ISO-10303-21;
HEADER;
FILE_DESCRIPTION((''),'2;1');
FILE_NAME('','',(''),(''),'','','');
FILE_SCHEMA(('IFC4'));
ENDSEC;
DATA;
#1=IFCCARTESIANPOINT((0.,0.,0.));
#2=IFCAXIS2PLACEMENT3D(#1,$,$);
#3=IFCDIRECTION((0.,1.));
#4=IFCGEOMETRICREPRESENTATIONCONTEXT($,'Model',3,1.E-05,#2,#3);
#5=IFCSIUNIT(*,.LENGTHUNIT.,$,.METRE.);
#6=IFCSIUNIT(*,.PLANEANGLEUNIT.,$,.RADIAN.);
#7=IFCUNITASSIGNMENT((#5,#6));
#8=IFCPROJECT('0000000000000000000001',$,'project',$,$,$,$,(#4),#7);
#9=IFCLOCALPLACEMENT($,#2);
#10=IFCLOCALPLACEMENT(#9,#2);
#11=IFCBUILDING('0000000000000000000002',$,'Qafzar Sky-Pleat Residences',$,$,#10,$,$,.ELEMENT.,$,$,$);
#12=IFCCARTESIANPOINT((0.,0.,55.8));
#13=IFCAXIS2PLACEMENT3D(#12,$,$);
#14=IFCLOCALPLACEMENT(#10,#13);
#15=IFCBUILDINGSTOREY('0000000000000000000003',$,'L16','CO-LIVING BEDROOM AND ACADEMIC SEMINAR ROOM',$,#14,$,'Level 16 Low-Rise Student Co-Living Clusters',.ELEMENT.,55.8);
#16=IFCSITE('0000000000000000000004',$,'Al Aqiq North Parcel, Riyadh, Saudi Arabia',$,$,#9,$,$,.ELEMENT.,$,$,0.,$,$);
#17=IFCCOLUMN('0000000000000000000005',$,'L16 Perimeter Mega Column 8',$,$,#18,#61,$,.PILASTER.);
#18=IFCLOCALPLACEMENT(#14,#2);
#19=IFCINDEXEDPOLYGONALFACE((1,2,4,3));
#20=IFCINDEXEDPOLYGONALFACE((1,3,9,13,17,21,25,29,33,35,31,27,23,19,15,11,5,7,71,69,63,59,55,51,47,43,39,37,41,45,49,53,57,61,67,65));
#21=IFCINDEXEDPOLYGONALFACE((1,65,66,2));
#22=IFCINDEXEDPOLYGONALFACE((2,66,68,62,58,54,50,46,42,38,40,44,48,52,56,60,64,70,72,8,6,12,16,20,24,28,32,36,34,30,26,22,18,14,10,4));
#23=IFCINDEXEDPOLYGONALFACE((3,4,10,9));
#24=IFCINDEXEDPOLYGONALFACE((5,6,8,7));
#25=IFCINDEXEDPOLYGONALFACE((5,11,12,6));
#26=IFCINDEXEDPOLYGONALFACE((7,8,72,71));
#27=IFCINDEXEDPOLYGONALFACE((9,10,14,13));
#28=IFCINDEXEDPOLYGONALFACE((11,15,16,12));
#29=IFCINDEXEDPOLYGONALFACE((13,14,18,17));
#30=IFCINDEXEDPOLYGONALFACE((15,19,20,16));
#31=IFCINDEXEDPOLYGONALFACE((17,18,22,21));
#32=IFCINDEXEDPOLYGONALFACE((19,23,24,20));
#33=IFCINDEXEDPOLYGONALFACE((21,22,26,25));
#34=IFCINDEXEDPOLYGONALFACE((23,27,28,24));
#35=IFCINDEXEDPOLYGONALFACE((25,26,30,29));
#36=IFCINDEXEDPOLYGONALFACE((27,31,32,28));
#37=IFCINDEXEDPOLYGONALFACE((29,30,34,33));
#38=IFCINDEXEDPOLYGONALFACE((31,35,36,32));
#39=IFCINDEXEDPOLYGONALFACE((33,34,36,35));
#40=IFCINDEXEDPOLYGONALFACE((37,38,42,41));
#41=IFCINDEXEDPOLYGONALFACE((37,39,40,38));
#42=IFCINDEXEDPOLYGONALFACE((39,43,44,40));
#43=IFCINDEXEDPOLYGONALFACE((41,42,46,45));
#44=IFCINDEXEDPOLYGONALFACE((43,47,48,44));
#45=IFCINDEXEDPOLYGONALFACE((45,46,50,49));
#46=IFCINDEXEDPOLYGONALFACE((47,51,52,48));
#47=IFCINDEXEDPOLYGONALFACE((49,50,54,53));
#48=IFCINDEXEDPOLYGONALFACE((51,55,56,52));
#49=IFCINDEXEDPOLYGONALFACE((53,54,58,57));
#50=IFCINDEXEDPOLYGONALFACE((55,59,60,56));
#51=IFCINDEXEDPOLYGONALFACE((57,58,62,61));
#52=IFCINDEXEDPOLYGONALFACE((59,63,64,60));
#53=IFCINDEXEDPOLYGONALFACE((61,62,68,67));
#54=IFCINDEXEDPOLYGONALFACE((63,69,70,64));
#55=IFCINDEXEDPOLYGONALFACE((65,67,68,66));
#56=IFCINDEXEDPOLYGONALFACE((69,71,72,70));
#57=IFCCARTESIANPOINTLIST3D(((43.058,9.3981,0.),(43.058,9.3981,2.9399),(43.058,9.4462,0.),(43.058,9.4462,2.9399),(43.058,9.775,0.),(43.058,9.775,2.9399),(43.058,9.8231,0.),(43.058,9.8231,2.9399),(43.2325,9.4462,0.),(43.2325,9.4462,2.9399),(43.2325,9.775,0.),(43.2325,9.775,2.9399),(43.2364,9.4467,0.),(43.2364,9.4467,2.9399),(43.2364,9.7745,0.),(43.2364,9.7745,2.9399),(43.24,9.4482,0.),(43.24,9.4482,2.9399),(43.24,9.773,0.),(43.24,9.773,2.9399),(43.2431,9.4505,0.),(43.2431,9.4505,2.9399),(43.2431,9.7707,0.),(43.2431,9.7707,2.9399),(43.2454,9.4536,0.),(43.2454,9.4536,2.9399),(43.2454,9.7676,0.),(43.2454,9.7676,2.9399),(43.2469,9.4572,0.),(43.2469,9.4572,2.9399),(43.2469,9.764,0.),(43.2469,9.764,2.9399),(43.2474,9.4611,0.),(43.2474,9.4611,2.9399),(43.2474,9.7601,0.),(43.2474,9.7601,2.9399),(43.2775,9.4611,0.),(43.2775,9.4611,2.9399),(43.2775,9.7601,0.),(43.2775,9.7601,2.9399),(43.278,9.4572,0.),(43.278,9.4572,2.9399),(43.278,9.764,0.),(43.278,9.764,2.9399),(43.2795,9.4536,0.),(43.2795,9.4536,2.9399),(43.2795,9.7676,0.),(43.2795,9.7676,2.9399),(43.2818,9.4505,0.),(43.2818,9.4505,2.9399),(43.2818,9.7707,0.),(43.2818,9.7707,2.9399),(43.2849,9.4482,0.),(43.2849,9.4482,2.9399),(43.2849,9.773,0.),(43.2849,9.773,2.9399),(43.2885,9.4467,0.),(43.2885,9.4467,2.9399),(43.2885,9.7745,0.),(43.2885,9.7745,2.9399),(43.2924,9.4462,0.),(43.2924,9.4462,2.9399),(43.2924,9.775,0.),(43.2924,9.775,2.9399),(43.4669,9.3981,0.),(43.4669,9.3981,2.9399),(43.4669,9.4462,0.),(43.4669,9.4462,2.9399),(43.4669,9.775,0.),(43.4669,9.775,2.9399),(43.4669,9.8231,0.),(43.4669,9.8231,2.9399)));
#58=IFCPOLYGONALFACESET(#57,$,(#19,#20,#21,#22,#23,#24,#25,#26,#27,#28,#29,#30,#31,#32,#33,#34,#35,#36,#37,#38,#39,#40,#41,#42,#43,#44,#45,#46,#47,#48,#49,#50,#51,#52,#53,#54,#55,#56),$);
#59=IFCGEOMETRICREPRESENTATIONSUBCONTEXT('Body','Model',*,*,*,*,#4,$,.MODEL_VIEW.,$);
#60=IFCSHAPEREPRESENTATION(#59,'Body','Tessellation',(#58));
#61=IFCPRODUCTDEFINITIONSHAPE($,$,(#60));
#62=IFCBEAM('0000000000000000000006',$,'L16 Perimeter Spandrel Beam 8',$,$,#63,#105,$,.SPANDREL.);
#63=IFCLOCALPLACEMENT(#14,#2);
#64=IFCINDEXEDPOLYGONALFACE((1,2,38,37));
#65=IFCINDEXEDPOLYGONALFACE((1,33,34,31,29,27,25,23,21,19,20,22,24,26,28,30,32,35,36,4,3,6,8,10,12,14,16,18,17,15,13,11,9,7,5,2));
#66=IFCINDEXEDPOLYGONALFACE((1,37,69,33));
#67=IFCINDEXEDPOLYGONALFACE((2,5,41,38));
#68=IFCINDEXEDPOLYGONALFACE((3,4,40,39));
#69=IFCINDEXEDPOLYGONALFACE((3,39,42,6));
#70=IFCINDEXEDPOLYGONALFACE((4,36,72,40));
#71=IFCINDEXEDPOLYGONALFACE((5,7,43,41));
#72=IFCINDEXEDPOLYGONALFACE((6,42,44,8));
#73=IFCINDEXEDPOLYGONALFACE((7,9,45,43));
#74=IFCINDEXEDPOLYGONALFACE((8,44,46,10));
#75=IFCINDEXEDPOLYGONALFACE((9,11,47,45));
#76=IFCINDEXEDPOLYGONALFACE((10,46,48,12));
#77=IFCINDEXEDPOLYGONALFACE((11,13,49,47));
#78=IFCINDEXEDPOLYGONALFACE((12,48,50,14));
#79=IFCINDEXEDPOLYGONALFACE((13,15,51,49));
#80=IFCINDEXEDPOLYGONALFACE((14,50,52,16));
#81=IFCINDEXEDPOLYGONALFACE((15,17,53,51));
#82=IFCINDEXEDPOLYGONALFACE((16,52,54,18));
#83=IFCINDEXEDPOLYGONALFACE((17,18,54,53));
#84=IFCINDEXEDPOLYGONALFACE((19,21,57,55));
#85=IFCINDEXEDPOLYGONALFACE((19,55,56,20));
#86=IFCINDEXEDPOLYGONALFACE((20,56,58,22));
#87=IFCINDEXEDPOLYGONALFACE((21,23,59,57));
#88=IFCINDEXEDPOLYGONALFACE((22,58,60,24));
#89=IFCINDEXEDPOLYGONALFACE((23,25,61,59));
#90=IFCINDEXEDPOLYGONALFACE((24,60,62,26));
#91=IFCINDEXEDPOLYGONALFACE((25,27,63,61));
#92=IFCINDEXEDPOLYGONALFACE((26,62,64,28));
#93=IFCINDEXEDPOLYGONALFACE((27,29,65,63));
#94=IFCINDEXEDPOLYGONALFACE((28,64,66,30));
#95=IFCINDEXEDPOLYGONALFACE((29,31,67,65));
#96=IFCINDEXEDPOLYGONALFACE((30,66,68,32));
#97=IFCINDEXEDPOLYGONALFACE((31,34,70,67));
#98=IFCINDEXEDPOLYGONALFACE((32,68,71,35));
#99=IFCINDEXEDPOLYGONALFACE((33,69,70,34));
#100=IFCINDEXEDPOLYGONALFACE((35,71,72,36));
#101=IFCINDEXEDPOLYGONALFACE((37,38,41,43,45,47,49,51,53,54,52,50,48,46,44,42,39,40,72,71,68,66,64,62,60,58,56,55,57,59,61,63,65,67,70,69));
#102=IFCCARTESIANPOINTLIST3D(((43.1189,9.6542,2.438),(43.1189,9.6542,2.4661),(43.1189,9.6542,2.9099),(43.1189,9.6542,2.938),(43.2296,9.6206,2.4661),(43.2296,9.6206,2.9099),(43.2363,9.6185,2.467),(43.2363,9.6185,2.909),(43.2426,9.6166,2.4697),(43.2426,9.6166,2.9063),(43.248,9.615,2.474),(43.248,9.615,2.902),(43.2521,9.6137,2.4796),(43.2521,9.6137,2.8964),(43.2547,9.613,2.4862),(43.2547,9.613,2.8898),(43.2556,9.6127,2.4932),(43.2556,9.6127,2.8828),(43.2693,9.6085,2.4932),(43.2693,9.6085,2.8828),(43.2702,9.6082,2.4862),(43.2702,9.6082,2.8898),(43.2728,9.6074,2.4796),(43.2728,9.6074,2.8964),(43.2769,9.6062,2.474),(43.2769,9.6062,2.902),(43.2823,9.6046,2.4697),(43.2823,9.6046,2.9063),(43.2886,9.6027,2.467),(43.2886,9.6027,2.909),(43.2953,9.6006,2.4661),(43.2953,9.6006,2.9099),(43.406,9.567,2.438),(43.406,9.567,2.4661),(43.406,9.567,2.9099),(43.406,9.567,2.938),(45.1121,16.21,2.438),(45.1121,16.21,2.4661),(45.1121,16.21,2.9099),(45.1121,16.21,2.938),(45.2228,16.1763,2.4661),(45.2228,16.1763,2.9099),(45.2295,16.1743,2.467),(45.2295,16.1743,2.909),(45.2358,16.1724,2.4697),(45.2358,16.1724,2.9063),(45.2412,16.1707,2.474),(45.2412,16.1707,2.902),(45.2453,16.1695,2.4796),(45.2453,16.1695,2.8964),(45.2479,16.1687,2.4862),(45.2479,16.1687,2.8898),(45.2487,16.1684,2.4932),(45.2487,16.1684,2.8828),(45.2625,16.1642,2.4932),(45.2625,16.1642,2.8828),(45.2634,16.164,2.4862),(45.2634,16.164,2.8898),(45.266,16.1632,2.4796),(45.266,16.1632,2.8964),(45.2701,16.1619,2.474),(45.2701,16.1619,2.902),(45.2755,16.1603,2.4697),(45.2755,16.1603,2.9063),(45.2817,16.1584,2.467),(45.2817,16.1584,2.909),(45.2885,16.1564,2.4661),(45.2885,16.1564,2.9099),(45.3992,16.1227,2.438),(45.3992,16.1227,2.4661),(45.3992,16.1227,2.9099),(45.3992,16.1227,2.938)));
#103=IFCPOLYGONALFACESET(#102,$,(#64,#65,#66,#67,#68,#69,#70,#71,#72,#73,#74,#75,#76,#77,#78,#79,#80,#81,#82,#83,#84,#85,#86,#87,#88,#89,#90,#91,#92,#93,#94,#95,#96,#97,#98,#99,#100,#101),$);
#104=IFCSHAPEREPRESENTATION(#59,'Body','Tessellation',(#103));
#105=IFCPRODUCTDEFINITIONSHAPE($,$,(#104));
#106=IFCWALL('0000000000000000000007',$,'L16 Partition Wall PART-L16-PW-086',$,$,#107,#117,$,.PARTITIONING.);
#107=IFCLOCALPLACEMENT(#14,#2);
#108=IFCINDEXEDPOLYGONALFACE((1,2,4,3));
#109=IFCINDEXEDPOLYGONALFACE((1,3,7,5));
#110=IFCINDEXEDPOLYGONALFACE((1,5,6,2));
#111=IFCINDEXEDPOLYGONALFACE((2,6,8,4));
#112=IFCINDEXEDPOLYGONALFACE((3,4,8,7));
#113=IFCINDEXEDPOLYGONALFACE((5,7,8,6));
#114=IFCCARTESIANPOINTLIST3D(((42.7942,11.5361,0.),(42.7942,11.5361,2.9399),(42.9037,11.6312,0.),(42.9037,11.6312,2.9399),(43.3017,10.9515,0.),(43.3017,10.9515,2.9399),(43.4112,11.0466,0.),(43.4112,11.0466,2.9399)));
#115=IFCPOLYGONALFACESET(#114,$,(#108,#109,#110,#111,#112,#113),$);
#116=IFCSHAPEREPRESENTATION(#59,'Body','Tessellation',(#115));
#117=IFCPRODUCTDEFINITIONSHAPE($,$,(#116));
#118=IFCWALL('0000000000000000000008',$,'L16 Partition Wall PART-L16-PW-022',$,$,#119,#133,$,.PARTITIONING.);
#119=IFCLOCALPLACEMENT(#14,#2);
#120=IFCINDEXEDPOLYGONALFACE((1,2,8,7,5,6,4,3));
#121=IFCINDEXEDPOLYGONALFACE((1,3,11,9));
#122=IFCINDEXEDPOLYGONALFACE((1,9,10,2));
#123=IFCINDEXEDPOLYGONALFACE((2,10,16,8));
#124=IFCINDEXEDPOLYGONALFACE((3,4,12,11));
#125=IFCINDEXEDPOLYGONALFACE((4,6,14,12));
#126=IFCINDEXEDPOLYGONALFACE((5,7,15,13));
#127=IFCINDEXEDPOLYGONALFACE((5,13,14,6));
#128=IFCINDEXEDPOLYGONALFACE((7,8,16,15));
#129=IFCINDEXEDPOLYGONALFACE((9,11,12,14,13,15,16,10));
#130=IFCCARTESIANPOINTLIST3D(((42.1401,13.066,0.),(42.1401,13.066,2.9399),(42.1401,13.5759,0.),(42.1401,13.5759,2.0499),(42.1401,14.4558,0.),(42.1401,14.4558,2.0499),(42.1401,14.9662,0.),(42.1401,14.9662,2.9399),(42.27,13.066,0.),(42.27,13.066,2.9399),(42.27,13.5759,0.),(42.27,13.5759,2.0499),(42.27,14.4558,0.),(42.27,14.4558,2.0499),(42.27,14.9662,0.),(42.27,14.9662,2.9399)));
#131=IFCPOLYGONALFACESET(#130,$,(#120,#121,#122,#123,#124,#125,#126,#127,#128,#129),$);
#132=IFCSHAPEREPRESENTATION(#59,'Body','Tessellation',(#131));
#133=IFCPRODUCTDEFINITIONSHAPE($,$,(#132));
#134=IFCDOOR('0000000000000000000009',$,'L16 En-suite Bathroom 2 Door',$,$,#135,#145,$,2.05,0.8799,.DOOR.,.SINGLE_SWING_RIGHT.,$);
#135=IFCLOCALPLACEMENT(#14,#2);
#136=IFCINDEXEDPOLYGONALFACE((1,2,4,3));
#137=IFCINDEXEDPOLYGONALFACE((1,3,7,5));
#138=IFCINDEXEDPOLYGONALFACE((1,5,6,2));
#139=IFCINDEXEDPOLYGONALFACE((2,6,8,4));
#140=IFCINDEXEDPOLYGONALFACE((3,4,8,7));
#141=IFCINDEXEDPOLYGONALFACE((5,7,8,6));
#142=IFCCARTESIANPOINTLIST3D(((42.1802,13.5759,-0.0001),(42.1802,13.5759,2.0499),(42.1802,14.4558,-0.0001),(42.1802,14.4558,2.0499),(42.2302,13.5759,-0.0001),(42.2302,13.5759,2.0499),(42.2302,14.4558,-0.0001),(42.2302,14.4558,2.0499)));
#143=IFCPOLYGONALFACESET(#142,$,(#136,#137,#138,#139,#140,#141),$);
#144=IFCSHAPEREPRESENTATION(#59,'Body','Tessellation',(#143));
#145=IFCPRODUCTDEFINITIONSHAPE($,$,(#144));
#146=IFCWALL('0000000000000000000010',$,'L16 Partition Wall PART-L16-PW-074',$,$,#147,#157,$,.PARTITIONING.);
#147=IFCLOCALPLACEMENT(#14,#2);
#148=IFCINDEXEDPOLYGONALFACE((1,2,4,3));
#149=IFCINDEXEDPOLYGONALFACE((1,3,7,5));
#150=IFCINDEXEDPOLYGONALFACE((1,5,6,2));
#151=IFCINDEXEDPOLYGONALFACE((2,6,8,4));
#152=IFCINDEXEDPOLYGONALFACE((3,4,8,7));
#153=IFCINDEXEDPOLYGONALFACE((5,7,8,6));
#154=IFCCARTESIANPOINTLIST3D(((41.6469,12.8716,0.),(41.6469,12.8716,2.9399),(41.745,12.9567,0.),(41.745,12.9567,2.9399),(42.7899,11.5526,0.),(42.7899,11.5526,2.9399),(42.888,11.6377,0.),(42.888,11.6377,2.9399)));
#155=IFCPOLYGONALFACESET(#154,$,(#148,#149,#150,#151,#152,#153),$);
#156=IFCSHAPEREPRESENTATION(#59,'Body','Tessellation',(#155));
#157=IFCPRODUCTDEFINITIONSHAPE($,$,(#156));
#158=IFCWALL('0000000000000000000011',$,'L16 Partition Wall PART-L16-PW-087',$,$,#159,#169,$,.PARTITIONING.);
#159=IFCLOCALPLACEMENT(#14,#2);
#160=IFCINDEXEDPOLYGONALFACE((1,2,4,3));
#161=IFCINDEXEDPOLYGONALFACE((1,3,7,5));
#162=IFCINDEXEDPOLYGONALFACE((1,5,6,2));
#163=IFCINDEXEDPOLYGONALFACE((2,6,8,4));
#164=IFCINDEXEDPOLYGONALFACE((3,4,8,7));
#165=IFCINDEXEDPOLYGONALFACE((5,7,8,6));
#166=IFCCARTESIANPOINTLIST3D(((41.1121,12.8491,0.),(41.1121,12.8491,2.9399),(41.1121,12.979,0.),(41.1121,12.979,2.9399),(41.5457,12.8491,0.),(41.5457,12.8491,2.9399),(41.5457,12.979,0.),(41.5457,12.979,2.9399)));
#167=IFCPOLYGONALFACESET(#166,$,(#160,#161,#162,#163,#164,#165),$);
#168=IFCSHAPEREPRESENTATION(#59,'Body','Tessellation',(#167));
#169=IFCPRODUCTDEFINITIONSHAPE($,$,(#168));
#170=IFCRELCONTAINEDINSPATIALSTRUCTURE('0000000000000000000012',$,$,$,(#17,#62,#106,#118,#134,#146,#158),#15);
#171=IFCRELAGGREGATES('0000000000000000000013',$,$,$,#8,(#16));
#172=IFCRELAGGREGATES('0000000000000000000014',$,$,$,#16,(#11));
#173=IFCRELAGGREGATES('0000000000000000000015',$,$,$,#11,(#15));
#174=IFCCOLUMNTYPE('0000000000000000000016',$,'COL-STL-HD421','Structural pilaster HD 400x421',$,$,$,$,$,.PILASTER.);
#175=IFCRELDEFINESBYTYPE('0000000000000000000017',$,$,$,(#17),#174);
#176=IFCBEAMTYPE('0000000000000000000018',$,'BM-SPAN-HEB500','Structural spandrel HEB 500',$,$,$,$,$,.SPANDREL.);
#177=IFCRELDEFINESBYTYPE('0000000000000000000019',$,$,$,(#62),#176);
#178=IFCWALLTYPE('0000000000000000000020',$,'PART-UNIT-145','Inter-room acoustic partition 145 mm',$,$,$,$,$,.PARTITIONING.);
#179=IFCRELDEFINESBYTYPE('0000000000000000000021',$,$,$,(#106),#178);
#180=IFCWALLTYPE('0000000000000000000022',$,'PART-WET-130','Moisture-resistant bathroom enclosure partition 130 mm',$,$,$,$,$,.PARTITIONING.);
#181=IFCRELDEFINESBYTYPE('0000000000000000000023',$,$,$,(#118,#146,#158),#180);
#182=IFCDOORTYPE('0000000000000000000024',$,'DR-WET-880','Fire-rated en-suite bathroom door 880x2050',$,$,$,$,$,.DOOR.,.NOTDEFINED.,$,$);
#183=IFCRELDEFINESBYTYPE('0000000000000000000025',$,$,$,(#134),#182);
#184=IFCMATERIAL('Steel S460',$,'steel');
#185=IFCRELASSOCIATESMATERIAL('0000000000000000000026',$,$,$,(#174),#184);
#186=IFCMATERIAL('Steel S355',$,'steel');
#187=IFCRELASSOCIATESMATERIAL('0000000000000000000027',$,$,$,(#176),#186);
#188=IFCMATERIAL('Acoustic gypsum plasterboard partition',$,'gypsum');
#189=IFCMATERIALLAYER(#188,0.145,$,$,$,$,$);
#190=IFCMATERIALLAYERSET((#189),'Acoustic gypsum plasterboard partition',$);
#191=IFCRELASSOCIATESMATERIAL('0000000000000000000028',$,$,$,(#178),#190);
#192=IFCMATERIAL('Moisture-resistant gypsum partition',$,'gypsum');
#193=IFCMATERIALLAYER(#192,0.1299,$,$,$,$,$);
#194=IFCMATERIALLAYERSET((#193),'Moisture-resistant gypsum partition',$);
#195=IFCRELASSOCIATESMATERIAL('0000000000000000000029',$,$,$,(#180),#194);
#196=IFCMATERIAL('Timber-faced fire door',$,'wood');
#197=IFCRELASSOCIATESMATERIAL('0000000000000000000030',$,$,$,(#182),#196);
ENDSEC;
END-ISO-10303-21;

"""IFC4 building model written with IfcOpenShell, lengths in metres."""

from ifc_helpers import new_model, si_unit, direction, frame, frame_2d, origin, origin_2d, place, context, subcontext, project, spatial, rectangle, i_section, extrude, source, transform, mapped, material, layer, layer_set, material_profile, profile_set, type_object, element, fill, save


model = new_model("IFC4")

# Units and contexts
model_context = context("Model", 3, precision=1e-05, world=origin(), true_north=direction((0.0, 1.0)))
body_context = subcontext(model_context, "Body", "Model", "MODEL_VIEW")
ifc_project = project(units=[si_unit("LENGTHUNIT", "METRE"), si_unit("PLANEANGLEUNIT", "RADIAN")], contexts=[model_context])

# Site, building, storey
site_placement = place(None, origin())
site = spatial("IfcSite", under=ifc_project, at=site_placement, Name="Al Aqiq North Parcel, Riyadh, Saudi Arabia", CompositionType="ELEMENT", RefElevation=0.0)
building_placement = place(site_placement, origin())
building = spatial("IfcBuilding", under=site, at=building_placement, Name="Qafzar Sky-Pleat Residences", CompositionType="ELEMENT")
storey_placement = place(building_placement, frame((0.0, 0.0, 55.8)))
storey = spatial("IfcBuildingStorey", under=building, at=storey_placement, Name="L16", Description="CO-LIVING BEDROOM AND ACADEMIC SEMINAR ROOM", LongName="Level 16 Low-Rise Student Co-Living Clusters", CompositionType="ELEMENT", Elevation=55.8)

# Column
ifc_material_1 = material(Name="Steel S460", Category="steel")
ifc_material_profile_1 = material_profile(ifc_material_1, i_section(OverallWidth=0.4089, OverallDepth=0.425, WebThickness=0.03, FlangeThickness=0.0481, FilletRadius=0.0149, at=origin_2d()), Name="HD 400x421")
ifc_profile_set_1 = profile_set([ifc_material_profile_1], Name="Steel S460")
column_type = type_object("IfcColumnType", Name="COL-STL-HD421", Description="Structural pilaster HD 400x421", PredefinedType="PILASTER", material=ifc_profile_set_1)
shared_shape_1 = source(origin(), body_context, "Body", "SweptSolid", [
    extrude(i_section(OverallWidth=0.4089, OverallDepth=0.425, WebThickness=0.03, FlangeThickness=0.0481, FilletRadius=0.0149, at=origin_2d()), origin(), (0.0, 0.0, 1.0), 2.9399),
])
column_placement = place(storey_placement, frame((43.2625, 9.6106, 0.0), z_axis=(0.0, 0.0, 1.0), x_axis=(1.0, 0.0, 0.0)))
element("IfcColumn", 1, at=column_placement, inside=storey, type_object=column_type, Name="L16 Perimeter Mega Column 8", PredefinedType="PILASTER", context=body_context, shape_type="MappedRepresentation", body=[
    mapped(shared_shape_1, transform((0.0, 0.0, 0.0), x_axis=(1.0, 0.0, 0.0), y_axis=(0.0, 1.0, 0.0), z_axis=(0.0, 0.0, 1.0), scale=1.0)),
])

# Beam
ifc_material_2 = material(Name="Steel S355", Category="steel")
ifc_material_profile_2 = material_profile(ifc_material_2, i_section(OverallWidth=0.3, OverallDepth=0.5, WebThickness=0.0144, FlangeThickness=0.0281, FilletRadius=0.0271, at=origin_2d()), Name="HEB 500")
ifc_profile_set_2 = profile_set([ifc_material_profile_2], Name="Steel S355")
beam_type = type_object("IfcBeamType", Name="BM-SPAN-HEB500", Description="Structural spandrel HEB 500", PredefinedType="SPANDREL", material=ifc_profile_set_2)
shared_shape_2 = source(origin(), body_context, "Body", "SweptSolid", [
    extrude(i_section(OverallWidth=0.3, OverallDepth=0.5, WebThickness=0.0144, FlangeThickness=0.0281, FilletRadius=0.0271, at=origin_2d()), origin(), (0.0, 0.0, 1.0), 6.8521),
])
beam_placement = place(storey_placement, frame((43.2625, 9.6106, 2.688), z_axis=(0.290889, 0.956757, 0.0), x_axis=(-0.956757, 0.290889, 0.0)))
element("IfcBeam", 2, at=beam_placement, inside=storey, type_object=beam_type, Name="L16 Perimeter Spandrel Beam 8", PredefinedType="SPANDREL", context=body_context, shape_type="MappedRepresentation", body=[
    mapped(shared_shape_2, transform((0.0, 0.0, 0.0), x_axis=(1.0, 0.0, 0.0), y_axis=(0.0, 1.0, 0.0), z_axis=(0.0, 0.0, 1.0), scale=1.0)),
])

# Wall
ifc_material_3 = material(Name="Acoustic gypsum plasterboard partition", Category="gypsum")
ifc_layer_1 = layer(ifc_material_3, 0.145)
ifc_layer_set_1 = layer_set([ifc_layer_1], Name="Acoustic gypsum plasterboard partition")
wall_type_1 = type_object("IfcWallType", Name="PART-UNIT-145", Description="Inter-room acoustic partition 145 mm", PredefinedType="PARTITIONING", material=ifc_layer_set_1)
wall_1_placement = place(storey_placement, frame((42.8489, 11.5837, 0.0), z_axis=(0.0, 0.0, 1.0), x_axis=(0.655531, -0.755169, 0.0)))
element("IfcWall", 3, at=wall_1_placement, inside=storey, type_object=wall_type_1, Name="L16 Partition Wall PART-L16-PW-086", PredefinedType="PARTITIONING", context=body_context, shape_type="SweptSolid", body=[
    extrude(rectangle(XDim=0.7742, YDim=0.145, at=frame_2d((0.3872, 0.0))), origin(), (0.0, 0.0, 1.0), 2.9399),
])

# Wall, opening, door
ifc_material_4 = material(Name="Moisture-resistant gypsum partition", Category="gypsum")
ifc_layer_2 = layer(ifc_material_4, 0.1299)
ifc_layer_set_2 = layer_set([ifc_layer_2], Name="Moisture-resistant gypsum partition")
wall_type_2 = type_object("IfcWallType", Name="PART-WET-130", Description="Moisture-resistant bathroom enclosure partition 130 mm", PredefinedType="PARTITIONING", material=ifc_layer_set_2)
wall_2_placement = place(storey_placement, frame((42.2051, 13.0659, 0.0), z_axis=(0.0, 0.0, 1.0), x_axis=(0.0, 1.0, 0.0)))
wall_2 = element("IfcWall", 4, at=wall_2_placement, inside=storey, type_object=wall_type_2, Name="L16 Partition Wall PART-L16-PW-022", PredefinedType="PARTITIONING", context=body_context, shape_type="SweptSolid", body=[
    extrude(rectangle(XDim=1.9001, YDim=0.1299, at=frame_2d((0.9502, 0.0))), origin(), (0.0, 0.0, 1.0), 2.9399),
])
opening_1_placement = place(wall_2_placement, frame((0.51, 0.0, 0.0)))
opening_1 = element("IfcOpeningElement", 5, at=opening_1_placement, cuts=wall_2, PredefinedType="OPENING", context=body_context, shape_type="SweptSolid", body=[
    extrude(rectangle(XDim=0.8799, YDim=2.05, at=frame_2d((0.4399, 1.0249))), frame((0.0, 0.075, 0.0), z_axis=(0.0, -1.0, 0.0), x_axis=(1.0, 0.0, 0.0)), (0.0, 0.0, 1.0), 0.1499),
])
ifc_material_5 = material(Name="Timber-faced fire door", Category="wood")
door_type_1 = type_object("IfcDoorType", Name="DR-WET-880", Description="Fire-rated en-suite bathroom door 880x2050", OperationType="NOTDEFINED", PredefinedType="DOOR", material=ifc_material_5)
shared_shape_3 = source(origin(), body_context, "Body", "SweptSolid", [
    extrude(rectangle(XDim=0.8799, YDim=2.05, at=frame_2d((0.4399, 1.0249))), frame((0.0, 0.0249, 0.0), z_axis=(0.0, -1.0, 0.0), x_axis=(1.0, 0.0, 0.0)), (0.0, 0.0, 1.0), 0.05),
])
door_1_placement = place(opening_1_placement, origin())
door_1 = element("IfcDoor", 6, at=door_1_placement, inside=storey, type_object=door_type_1, Name="L16 En-suite Bathroom 2 Door", OperationType="SINGLE_SWING_RIGHT", OverallHeight=2.05, OverallWidth=0.8799, PredefinedType="DOOR", context=body_context, shape_type="MappedRepresentation", body=[
    mapped(shared_shape_3, transform((0.0, 0.0, 0.0), x_axis=(1.0, 0.0, 0.0), y_axis=(0.0, 1.0, 0.0), z_axis=(0.0, 0.0, 1.0), scale=1.0)),
])
fill(opening_1, door_1)

# Walls
wall_3_placement = place(storey_placement, frame((41.696, 12.9141, 0.0), z_axis=(0.0, 0.0, 1.0), x_axis=(0.654883, -0.755731, 0.0)))
element("IfcWall", 7, at=wall_3_placement, inside=storey, type_object=wall_type_2, Name="L16 Partition Wall PART-L16-PW-074", PredefinedType="PARTITIONING", context=body_context, shape_type="SweptSolid", body=[
    extrude(rectangle(XDim=1.7454, YDim=0.1299, at=frame_2d((0.8726, 0.0))), origin(), (0.0, 0.0, 1.0), 2.9399),
])
wall_4_placement = place(storey_placement, frame((41.1121, 12.9141, 0.0), z_axis=(0.0, 0.0, 1.0), x_axis=(1.0, 0.0, 0.0)))
element("IfcWall", 8, at=wall_4_placement, inside=storey, type_object=wall_type_2, Name="L16 Partition Wall PART-L16-PW-087", PredefinedType="PARTITIONING", context=body_context, shape_type="SweptSolid", body=[
    extrude(rectangle(XDim=0.4336, YDim=0.1299, at=frame_2d((0.2168, 0.0))), origin(), (0.0, 0.0, 1.0), 2.9399),
])

save(model, "model.ifc")
